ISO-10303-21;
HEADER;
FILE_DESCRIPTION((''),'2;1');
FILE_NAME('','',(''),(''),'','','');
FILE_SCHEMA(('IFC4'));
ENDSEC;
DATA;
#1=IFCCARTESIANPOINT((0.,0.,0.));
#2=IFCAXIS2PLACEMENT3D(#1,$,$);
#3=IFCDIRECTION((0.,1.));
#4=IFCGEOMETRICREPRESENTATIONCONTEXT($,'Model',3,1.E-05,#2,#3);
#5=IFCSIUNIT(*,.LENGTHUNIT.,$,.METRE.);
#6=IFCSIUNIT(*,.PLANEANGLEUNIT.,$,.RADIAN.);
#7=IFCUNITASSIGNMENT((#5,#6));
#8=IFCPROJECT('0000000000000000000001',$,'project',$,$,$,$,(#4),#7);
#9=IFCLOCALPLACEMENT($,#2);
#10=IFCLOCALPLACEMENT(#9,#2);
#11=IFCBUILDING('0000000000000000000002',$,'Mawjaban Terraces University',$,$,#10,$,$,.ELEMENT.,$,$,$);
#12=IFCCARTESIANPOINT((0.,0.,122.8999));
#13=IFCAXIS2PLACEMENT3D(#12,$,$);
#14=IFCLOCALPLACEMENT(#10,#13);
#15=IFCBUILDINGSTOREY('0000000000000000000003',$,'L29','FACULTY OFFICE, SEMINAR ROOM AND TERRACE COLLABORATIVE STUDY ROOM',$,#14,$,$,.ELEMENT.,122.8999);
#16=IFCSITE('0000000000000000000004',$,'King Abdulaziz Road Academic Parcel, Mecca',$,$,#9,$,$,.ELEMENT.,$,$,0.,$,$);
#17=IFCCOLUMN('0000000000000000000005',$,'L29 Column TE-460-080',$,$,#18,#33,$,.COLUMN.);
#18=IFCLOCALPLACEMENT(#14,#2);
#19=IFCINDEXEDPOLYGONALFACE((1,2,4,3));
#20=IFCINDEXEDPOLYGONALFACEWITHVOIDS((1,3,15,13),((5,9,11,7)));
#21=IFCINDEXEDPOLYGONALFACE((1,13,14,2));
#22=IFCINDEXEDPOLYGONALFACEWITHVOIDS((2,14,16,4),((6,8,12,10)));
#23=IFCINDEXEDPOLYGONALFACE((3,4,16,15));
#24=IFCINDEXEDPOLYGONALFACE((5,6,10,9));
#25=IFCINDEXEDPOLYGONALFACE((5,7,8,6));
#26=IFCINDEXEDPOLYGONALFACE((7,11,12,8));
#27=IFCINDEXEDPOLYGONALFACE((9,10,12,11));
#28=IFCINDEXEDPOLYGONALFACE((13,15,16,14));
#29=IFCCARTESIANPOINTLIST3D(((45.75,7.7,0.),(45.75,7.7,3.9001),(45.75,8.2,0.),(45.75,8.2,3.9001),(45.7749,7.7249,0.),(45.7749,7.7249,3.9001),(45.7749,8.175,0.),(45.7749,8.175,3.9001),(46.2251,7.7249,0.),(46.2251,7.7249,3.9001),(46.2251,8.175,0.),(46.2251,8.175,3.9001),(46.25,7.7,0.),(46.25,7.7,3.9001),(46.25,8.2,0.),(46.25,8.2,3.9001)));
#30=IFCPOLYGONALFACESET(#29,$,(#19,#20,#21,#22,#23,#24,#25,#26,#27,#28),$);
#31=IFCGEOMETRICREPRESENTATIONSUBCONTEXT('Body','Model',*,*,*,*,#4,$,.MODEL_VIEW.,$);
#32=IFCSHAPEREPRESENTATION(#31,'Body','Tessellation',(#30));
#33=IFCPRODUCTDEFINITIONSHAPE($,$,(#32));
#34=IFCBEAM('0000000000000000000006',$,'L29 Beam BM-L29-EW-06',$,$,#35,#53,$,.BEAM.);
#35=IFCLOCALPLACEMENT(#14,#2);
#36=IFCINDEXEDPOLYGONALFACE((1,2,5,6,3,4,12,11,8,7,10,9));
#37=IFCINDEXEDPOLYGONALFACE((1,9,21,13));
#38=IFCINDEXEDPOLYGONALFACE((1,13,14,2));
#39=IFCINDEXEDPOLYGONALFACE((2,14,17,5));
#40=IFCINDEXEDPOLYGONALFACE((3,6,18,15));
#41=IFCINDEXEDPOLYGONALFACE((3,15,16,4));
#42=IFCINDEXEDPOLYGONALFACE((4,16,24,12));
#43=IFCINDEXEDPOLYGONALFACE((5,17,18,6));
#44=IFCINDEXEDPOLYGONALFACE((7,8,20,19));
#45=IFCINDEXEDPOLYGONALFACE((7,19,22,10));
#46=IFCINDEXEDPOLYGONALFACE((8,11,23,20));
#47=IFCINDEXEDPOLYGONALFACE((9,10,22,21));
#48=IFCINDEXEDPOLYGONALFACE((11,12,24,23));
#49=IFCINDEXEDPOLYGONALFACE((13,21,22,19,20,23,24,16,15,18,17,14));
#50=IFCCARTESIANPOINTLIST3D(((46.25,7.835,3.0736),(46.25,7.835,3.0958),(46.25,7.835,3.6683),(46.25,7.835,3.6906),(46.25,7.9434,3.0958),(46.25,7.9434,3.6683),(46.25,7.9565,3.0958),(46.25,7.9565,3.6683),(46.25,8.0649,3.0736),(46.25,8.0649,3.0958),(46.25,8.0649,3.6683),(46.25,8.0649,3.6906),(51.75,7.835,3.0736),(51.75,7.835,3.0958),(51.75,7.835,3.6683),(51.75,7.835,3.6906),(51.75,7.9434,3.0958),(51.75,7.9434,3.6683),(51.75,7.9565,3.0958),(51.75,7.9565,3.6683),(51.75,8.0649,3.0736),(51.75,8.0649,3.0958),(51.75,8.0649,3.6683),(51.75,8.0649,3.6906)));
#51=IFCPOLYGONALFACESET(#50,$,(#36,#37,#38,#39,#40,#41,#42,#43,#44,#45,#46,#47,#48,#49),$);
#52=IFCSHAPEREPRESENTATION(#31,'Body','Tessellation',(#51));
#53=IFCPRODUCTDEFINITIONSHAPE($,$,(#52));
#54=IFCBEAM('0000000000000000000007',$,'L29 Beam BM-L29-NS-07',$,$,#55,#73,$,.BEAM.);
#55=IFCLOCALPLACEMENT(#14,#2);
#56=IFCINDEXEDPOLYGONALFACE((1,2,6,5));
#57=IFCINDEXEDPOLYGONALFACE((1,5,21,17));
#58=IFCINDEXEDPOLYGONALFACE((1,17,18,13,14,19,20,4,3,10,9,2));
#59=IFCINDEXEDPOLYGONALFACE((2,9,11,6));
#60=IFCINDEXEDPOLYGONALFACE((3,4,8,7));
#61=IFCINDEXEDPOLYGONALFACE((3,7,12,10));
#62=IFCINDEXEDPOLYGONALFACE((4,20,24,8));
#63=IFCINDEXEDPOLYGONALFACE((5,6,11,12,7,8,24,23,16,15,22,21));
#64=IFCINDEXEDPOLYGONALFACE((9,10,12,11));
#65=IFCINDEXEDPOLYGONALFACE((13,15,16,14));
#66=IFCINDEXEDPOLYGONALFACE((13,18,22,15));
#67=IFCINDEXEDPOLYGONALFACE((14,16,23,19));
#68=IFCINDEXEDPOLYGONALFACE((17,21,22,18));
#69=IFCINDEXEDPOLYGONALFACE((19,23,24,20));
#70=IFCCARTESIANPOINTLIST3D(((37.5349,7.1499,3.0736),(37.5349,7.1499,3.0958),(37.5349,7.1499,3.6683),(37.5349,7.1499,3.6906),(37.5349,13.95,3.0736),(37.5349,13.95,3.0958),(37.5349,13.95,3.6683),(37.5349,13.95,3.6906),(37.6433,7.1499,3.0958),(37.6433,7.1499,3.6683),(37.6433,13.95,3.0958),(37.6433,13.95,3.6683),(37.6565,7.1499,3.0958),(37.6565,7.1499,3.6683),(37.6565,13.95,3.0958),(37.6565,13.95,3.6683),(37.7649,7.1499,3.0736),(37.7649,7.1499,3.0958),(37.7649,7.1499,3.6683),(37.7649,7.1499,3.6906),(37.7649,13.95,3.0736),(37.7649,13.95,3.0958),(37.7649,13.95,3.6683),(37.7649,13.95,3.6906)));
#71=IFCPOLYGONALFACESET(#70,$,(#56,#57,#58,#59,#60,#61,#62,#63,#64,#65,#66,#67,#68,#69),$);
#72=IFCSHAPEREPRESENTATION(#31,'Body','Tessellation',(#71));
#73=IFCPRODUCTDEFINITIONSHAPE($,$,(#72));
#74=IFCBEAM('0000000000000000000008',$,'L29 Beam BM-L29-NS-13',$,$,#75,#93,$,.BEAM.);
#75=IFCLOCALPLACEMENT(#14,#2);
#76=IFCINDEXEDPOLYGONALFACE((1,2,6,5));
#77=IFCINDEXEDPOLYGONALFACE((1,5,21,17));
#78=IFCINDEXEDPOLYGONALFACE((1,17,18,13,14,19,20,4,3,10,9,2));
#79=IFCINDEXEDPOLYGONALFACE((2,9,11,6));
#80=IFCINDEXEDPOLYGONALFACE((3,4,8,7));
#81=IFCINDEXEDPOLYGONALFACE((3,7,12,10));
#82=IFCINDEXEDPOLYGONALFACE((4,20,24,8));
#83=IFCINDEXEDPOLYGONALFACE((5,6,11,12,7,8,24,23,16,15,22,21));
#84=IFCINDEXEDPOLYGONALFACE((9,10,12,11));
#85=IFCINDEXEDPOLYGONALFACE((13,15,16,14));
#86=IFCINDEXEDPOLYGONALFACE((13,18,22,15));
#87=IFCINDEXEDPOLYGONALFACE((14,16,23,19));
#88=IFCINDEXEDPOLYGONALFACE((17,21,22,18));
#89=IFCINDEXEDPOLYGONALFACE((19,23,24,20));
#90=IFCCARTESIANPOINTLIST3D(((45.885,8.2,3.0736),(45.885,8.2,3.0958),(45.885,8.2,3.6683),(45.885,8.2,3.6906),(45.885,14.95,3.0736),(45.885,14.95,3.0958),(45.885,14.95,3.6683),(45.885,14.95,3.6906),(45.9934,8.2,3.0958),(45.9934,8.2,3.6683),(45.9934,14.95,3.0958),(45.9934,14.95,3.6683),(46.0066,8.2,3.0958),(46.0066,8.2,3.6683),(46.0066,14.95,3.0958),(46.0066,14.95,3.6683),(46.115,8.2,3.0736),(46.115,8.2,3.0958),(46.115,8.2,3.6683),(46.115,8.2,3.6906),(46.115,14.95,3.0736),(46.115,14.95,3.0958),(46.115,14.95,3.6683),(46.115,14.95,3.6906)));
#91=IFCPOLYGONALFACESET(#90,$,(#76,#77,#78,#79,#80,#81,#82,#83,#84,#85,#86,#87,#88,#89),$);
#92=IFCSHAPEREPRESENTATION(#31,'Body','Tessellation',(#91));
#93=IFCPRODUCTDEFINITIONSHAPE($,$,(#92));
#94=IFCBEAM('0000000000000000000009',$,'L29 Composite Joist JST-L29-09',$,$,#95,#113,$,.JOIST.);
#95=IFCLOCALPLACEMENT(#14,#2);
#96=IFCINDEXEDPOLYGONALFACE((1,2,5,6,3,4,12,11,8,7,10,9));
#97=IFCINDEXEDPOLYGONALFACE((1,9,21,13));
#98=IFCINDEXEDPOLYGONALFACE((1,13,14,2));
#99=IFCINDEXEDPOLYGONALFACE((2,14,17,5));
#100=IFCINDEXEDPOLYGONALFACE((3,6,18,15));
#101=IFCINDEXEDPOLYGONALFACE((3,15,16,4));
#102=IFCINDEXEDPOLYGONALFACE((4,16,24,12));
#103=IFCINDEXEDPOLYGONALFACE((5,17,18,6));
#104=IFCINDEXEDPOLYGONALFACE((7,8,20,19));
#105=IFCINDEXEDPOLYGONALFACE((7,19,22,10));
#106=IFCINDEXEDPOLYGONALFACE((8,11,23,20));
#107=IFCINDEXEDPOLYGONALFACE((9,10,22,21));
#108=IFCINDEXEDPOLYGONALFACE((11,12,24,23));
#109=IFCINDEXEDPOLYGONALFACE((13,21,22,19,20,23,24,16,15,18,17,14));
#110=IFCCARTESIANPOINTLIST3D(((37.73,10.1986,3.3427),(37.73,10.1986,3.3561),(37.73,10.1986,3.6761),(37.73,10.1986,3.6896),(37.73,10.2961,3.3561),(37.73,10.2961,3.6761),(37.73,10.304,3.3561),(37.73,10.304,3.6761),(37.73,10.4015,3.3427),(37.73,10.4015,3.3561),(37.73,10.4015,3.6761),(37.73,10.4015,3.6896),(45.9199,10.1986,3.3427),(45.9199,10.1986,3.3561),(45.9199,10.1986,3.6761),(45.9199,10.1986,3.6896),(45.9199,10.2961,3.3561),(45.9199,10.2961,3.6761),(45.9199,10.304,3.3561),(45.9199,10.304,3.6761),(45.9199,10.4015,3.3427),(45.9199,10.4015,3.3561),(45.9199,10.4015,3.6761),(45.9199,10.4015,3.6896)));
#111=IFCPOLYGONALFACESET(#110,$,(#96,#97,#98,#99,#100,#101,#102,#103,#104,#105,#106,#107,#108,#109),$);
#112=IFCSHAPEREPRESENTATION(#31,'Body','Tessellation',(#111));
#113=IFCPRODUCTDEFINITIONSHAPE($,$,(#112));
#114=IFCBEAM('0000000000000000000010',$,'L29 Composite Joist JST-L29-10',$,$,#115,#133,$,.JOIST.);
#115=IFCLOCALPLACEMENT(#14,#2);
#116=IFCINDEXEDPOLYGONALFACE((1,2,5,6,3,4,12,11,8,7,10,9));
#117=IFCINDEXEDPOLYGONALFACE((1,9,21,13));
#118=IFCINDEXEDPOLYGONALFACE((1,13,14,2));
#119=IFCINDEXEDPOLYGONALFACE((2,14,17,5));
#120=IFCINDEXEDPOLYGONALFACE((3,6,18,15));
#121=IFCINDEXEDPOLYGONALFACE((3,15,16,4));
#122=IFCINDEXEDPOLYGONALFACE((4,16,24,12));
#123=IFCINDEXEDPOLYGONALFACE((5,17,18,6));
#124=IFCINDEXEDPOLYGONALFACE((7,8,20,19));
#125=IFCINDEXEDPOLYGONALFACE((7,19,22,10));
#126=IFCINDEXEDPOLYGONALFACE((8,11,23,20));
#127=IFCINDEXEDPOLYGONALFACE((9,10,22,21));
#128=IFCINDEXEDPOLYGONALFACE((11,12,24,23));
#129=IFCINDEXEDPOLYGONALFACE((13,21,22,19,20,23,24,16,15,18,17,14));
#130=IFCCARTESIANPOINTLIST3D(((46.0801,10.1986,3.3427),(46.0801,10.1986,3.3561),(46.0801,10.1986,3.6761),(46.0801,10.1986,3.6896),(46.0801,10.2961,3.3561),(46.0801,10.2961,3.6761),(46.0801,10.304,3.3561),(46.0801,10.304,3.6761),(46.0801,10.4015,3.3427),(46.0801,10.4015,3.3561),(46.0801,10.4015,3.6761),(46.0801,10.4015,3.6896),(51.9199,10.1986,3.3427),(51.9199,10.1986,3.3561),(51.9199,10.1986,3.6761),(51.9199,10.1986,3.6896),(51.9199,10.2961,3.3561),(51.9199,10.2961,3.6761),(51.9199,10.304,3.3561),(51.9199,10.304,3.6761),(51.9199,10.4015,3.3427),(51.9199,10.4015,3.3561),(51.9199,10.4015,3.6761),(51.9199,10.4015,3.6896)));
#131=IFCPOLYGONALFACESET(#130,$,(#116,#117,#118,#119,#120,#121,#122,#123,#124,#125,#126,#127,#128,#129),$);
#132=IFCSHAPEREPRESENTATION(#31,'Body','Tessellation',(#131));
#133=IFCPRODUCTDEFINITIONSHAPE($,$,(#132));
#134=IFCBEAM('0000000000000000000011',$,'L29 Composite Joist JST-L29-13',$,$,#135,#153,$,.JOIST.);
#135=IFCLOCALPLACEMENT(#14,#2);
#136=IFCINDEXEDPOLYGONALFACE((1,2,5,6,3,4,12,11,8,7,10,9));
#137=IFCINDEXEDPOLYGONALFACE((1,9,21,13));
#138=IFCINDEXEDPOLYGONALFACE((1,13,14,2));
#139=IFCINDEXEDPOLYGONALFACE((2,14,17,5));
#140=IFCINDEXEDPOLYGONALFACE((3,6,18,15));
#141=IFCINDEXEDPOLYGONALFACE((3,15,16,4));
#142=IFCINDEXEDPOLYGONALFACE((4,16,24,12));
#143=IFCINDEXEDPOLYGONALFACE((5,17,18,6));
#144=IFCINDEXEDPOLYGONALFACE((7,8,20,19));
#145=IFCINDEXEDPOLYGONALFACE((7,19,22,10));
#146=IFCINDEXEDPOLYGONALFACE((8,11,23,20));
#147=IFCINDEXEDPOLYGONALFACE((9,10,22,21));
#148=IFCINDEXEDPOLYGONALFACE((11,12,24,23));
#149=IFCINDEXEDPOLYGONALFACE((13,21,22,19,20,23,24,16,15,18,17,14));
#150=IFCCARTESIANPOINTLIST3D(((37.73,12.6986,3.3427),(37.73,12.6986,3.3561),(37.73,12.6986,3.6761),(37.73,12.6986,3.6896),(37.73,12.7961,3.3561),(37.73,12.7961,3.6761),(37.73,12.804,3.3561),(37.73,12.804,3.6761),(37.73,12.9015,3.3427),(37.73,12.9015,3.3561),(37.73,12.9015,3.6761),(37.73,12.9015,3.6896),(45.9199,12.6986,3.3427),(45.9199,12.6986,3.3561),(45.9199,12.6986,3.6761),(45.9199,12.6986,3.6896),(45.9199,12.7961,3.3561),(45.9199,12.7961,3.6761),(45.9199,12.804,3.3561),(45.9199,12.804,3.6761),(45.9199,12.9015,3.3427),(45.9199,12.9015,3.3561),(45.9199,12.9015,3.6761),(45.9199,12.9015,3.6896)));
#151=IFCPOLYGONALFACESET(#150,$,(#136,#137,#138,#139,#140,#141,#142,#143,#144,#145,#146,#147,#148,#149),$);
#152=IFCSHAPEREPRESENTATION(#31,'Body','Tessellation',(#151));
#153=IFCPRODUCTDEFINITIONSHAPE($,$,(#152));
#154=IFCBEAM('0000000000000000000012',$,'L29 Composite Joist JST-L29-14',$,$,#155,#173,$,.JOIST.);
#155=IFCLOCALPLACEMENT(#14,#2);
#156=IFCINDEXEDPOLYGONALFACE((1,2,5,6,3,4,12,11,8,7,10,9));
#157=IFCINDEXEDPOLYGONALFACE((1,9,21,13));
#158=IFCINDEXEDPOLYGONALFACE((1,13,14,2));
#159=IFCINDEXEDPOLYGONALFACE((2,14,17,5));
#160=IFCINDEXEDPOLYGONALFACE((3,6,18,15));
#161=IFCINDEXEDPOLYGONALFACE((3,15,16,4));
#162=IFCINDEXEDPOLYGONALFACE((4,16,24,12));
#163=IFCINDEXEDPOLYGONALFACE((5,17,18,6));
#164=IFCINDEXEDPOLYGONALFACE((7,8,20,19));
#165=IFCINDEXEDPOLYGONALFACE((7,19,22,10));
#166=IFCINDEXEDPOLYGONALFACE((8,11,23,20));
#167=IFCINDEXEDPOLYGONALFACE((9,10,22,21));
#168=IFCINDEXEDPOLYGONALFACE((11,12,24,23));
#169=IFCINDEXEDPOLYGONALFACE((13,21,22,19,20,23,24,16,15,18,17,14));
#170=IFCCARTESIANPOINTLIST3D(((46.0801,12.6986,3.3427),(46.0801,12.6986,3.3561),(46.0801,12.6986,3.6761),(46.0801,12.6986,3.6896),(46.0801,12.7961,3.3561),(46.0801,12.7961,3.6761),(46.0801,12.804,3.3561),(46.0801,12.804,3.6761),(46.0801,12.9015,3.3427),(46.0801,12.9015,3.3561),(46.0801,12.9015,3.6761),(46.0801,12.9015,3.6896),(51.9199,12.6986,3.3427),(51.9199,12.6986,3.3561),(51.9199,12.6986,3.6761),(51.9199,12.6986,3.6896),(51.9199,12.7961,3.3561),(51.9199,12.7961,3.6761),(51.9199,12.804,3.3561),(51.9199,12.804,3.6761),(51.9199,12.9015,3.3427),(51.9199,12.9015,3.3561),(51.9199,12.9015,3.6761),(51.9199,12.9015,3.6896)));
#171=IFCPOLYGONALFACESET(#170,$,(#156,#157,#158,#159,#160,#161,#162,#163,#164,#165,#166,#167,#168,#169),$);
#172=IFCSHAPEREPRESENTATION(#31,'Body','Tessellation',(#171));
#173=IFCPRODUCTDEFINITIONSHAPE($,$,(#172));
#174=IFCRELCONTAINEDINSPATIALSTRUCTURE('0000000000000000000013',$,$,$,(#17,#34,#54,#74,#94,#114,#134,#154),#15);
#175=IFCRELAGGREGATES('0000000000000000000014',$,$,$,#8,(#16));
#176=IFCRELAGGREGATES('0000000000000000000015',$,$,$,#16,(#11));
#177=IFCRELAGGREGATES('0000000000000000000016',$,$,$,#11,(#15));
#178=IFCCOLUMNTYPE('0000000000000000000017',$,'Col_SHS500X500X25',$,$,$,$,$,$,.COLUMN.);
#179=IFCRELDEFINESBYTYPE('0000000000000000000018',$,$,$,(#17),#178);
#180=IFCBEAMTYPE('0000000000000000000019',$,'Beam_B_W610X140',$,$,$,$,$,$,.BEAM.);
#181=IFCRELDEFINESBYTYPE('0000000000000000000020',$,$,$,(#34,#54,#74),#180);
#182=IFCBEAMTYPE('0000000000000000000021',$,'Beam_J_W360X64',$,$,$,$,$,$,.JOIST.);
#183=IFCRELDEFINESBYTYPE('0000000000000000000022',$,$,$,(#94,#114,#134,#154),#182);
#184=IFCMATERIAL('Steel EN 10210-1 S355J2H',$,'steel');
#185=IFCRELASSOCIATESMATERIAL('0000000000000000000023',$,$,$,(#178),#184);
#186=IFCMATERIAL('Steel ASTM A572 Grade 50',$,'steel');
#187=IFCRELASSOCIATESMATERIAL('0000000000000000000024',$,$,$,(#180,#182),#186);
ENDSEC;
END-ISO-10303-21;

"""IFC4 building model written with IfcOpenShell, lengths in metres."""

from ifc_helpers import new_model, si_unit, direction, frame, origin, origin_2d, place, context, subcontext, project, spatial, hollow_rectangle, i_section, extrude, material, material_profile, profile_set, type_object, element, save


model = new_model("IFC4")

# Units and contexts
model_context = context("Model", 3, precision=1e-05, world=origin(), true_north=direction((0.0, 1.0)))
body_context = subcontext(model_context, "Body", "Model", "MODEL_VIEW")
ifc_project = project(units=[si_unit("LENGTHUNIT", "METRE"), si_unit("PLANEANGLEUNIT", "RADIAN")], contexts=[model_context])

# Site, building, storey
site_placement = place(None, origin())
site = spatial("IfcSite", under=ifc_project, at=site_placement, Name="King Abdulaziz Road Academic Parcel, Mecca", CompositionType="ELEMENT", RefElevation=0.0)
building_placement = place(site_placement, origin())
building = spatial("IfcBuilding", under=site, at=building_placement, Name="Mawjaban Terraces University", CompositionType="ELEMENT")
storey_placement = place(building_placement, frame((0.0, 0.0, 122.8999)))
storey = spatial("IfcBuildingStorey", under=building, at=storey_placement, Name="L29", Description="FACULTY OFFICE, SEMINAR ROOM AND TERRACE COLLABORATIVE STUDY ROOM", CompositionType="ELEMENT", Elevation=122.8999)

# Column
ifc_material_1 = material(Name="Steel EN 10210-1 S355J2H", Category="steel")
ifc_material_profile_1 = material_profile(ifc_material_1, hollow_rectangle(XDim=0.5, YDim=0.5, WallThickness=0.0249, at=origin_2d()), Name="SHS500X500X25")
ifc_profile_set_1 = profile_set([ifc_material_profile_1], Name="Steel EN 10210-1 S355J2H")
column_type = type_object("IfcColumnType", Name="Col_SHS500X500X25", PredefinedType="COLUMN", material=ifc_profile_set_1)
column_placement = place(storey_placement, frame((46.0, 7.95, 0.0), z_axis=(0.0, 0.0, 1.0), x_axis=(1.0, 0.0, 0.0)))
element("IfcColumn", 1, at=column_placement, inside=storey, type_object=column_type, Name="L29 Column TE-460-080", PredefinedType="COLUMN", context=body_context, shape_type="SweptSolid", body=[
    extrude(hollow_rectangle(XDim=0.5, YDim=0.5, WallThickness=0.0249, at=origin_2d()), origin(), (0.0, 0.0, 1.0), 3.9001),
])

# Beams
ifc_material_2 = material(Name="Steel ASTM A572 Grade 50", Category="steel")
ifc_material_profile_2 = material_profile(ifc_material_2, i_section(OverallWidth=0.23, OverallDepth=0.6169, WebThickness=0.0132, FlangeThickness=0.0222, at=origin_2d()), Name="W610X140")
ifc_profile_set_2 = profile_set([ifc_material_profile_2], Name="Steel ASTM A572 Grade 50")
beam_type_1 = type_object("IfcBeamType", Name="Beam_B_W610X140", PredefinedType="BEAM", material=ifc_profile_set_2)
beam_1_placement = place(storey_placement, frame((46.25, 7.95, 3.3821), z_axis=(1.0, 0.0, 0.0), x_axis=(0.0, 1.0, 0.0)))
element("IfcBeam", 2, at=beam_1_placement, inside=storey, type_object=beam_type_1, Name="L29 Beam BM-L29-EW-06", PredefinedType="BEAM", context=body_context, shape_type="SweptSolid", body=[
    extrude(i_section(OverallWidth=0.23, OverallDepth=0.6169, WebThickness=0.0132, FlangeThickness=0.0222, at=origin_2d()), origin(), (0.0, 0.0, 1.0), 5.5),
])
beam_2_placement = place(storey_placement, frame((37.6499, 7.1499, 3.3821), z_axis=(0.0, 1.0, 0.0), x_axis=(-1.0, 0.0, 0.0)))
element("IfcBeam", 3, at=beam_2_placement, inside=storey, type_object=beam_type_1, Name="L29 Beam BM-L29-NS-07", PredefinedType="BEAM", context=body_context, shape_type="SweptSolid", body=[
    extrude(i_section(OverallWidth=0.23, OverallDepth=0.6169, WebThickness=0.0132, FlangeThickness=0.0222, at=origin_2d()), origin(), (0.0, 0.0, 1.0), 6.8),
])
beam_3_placement = place(storey_placement, frame((46.0, 8.2, 3.3821), z_axis=(0.0, 1.0, 0.0), x_axis=(-1.0, 0.0, 0.0)))
element("IfcBeam", 4, at=beam_3_placement, inside=storey, type_object=beam_type_1, Name="L29 Beam BM-L29-NS-13", PredefinedType="BEAM", context=body_context, shape_type="SweptSolid", body=[
    extrude(i_section(OverallWidth=0.23, OverallDepth=0.6169, WebThickness=0.0132, FlangeThickness=0.0222, at=origin_2d()), origin(), (0.0, 0.0, 1.0), 6.75),
])
ifc_material_profile_3 = material_profile(ifc_material_2, i_section(OverallWidth=0.2029, OverallDepth=0.3469, WebThickness=0.0078, FlangeThickness=0.0134, at=origin_2d()), Name="W360X64")
ifc_profile_set_3 = profile_set([ifc_material_profile_3], Name="Steel ASTM A572 Grade 50")
beam_type_2 = type_object("IfcBeamType", Name="Beam_J_W360X64", PredefinedType="JOIST", material=ifc_profile_set_3)
beam_4_placement = place(storey_placement, frame((37.73, 10.3, 3.5161), z_axis=(1.0, 0.0, 0.0), x_axis=(0.0, 1.0, 0.0)))
element("IfcBeam", 5, at=beam_4_placement, inside=storey, type_object=beam_type_2, Name="L29 Composite Joist JST-L29-09", PredefinedType="JOIST", context=body_context, shape_type="SweptSolid", body=[
    extrude(i_section(OverallWidth=0.2029, OverallDepth=0.3469, WebThickness=0.0078, FlangeThickness=0.0134, at=origin_2d()), origin(), (0.0, 0.0, 1.0), 8.1899),
])
beam_5_placement = place(storey_placement, frame((46.0801, 10.3, 3.5161), z_axis=(1.0, 0.0, 0.0), x_axis=(0.0, 1.0, 0.0)))
element("IfcBeam", 6, at=beam_5_placement, inside=storey, type_object=beam_type_2, Name="L29 Composite Joist JST-L29-10", PredefinedType="JOIST", context=body_context, shape_type="SweptSolid", body=[
    extrude(i_section(OverallWidth=0.2029, OverallDepth=0.3469, WebThickness=0.0078, FlangeThickness=0.0134, at=origin_2d()), origin(), (0.0, 0.0, 1.0), 5.8398),
])
beam_6_placement = place(storey_placement, frame((37.73, 12.8, 3.5161), z_axis=(1.0, 0.0, 0.0), x_axis=(0.0, 1.0, 0.0)))
element("IfcBeam", 7, at=beam_6_placement, inside=storey, type_object=beam_type_2, Name="L29 Composite Joist JST-L29-13", PredefinedType="JOIST", context=body_context, shape_type="SweptSolid", body=[
    extrude(i_section(OverallWidth=0.2029, OverallDepth=0.3469, WebThickness=0.0078, FlangeThickness=0.0134, at=origin_2d()), origin(), (0.0, 0.0, 1.0), 8.1899),
])
beam_7_placement = place(storey_placement, frame((46.0801, 12.8, 3.5161), z_axis=(1.0, 0.0, 0.0), x_axis=(0.0, 1.0, 0.0)))
element("IfcBeam", 8, at=beam_7_placement, inside=storey, type_object=beam_type_2, Name="L29 Composite Joist JST-L29-14", PredefinedType="JOIST", context=body_context, shape_type="SweptSolid", body=[
    extrude(i_section(OverallWidth=0.2029, OverallDepth=0.3469, WebThickness=0.0078, FlangeThickness=0.0134, at=origin_2d()), origin(), (0.0, 0.0, 1.0), 5.8398),
])

save(model, "model.ifc")
